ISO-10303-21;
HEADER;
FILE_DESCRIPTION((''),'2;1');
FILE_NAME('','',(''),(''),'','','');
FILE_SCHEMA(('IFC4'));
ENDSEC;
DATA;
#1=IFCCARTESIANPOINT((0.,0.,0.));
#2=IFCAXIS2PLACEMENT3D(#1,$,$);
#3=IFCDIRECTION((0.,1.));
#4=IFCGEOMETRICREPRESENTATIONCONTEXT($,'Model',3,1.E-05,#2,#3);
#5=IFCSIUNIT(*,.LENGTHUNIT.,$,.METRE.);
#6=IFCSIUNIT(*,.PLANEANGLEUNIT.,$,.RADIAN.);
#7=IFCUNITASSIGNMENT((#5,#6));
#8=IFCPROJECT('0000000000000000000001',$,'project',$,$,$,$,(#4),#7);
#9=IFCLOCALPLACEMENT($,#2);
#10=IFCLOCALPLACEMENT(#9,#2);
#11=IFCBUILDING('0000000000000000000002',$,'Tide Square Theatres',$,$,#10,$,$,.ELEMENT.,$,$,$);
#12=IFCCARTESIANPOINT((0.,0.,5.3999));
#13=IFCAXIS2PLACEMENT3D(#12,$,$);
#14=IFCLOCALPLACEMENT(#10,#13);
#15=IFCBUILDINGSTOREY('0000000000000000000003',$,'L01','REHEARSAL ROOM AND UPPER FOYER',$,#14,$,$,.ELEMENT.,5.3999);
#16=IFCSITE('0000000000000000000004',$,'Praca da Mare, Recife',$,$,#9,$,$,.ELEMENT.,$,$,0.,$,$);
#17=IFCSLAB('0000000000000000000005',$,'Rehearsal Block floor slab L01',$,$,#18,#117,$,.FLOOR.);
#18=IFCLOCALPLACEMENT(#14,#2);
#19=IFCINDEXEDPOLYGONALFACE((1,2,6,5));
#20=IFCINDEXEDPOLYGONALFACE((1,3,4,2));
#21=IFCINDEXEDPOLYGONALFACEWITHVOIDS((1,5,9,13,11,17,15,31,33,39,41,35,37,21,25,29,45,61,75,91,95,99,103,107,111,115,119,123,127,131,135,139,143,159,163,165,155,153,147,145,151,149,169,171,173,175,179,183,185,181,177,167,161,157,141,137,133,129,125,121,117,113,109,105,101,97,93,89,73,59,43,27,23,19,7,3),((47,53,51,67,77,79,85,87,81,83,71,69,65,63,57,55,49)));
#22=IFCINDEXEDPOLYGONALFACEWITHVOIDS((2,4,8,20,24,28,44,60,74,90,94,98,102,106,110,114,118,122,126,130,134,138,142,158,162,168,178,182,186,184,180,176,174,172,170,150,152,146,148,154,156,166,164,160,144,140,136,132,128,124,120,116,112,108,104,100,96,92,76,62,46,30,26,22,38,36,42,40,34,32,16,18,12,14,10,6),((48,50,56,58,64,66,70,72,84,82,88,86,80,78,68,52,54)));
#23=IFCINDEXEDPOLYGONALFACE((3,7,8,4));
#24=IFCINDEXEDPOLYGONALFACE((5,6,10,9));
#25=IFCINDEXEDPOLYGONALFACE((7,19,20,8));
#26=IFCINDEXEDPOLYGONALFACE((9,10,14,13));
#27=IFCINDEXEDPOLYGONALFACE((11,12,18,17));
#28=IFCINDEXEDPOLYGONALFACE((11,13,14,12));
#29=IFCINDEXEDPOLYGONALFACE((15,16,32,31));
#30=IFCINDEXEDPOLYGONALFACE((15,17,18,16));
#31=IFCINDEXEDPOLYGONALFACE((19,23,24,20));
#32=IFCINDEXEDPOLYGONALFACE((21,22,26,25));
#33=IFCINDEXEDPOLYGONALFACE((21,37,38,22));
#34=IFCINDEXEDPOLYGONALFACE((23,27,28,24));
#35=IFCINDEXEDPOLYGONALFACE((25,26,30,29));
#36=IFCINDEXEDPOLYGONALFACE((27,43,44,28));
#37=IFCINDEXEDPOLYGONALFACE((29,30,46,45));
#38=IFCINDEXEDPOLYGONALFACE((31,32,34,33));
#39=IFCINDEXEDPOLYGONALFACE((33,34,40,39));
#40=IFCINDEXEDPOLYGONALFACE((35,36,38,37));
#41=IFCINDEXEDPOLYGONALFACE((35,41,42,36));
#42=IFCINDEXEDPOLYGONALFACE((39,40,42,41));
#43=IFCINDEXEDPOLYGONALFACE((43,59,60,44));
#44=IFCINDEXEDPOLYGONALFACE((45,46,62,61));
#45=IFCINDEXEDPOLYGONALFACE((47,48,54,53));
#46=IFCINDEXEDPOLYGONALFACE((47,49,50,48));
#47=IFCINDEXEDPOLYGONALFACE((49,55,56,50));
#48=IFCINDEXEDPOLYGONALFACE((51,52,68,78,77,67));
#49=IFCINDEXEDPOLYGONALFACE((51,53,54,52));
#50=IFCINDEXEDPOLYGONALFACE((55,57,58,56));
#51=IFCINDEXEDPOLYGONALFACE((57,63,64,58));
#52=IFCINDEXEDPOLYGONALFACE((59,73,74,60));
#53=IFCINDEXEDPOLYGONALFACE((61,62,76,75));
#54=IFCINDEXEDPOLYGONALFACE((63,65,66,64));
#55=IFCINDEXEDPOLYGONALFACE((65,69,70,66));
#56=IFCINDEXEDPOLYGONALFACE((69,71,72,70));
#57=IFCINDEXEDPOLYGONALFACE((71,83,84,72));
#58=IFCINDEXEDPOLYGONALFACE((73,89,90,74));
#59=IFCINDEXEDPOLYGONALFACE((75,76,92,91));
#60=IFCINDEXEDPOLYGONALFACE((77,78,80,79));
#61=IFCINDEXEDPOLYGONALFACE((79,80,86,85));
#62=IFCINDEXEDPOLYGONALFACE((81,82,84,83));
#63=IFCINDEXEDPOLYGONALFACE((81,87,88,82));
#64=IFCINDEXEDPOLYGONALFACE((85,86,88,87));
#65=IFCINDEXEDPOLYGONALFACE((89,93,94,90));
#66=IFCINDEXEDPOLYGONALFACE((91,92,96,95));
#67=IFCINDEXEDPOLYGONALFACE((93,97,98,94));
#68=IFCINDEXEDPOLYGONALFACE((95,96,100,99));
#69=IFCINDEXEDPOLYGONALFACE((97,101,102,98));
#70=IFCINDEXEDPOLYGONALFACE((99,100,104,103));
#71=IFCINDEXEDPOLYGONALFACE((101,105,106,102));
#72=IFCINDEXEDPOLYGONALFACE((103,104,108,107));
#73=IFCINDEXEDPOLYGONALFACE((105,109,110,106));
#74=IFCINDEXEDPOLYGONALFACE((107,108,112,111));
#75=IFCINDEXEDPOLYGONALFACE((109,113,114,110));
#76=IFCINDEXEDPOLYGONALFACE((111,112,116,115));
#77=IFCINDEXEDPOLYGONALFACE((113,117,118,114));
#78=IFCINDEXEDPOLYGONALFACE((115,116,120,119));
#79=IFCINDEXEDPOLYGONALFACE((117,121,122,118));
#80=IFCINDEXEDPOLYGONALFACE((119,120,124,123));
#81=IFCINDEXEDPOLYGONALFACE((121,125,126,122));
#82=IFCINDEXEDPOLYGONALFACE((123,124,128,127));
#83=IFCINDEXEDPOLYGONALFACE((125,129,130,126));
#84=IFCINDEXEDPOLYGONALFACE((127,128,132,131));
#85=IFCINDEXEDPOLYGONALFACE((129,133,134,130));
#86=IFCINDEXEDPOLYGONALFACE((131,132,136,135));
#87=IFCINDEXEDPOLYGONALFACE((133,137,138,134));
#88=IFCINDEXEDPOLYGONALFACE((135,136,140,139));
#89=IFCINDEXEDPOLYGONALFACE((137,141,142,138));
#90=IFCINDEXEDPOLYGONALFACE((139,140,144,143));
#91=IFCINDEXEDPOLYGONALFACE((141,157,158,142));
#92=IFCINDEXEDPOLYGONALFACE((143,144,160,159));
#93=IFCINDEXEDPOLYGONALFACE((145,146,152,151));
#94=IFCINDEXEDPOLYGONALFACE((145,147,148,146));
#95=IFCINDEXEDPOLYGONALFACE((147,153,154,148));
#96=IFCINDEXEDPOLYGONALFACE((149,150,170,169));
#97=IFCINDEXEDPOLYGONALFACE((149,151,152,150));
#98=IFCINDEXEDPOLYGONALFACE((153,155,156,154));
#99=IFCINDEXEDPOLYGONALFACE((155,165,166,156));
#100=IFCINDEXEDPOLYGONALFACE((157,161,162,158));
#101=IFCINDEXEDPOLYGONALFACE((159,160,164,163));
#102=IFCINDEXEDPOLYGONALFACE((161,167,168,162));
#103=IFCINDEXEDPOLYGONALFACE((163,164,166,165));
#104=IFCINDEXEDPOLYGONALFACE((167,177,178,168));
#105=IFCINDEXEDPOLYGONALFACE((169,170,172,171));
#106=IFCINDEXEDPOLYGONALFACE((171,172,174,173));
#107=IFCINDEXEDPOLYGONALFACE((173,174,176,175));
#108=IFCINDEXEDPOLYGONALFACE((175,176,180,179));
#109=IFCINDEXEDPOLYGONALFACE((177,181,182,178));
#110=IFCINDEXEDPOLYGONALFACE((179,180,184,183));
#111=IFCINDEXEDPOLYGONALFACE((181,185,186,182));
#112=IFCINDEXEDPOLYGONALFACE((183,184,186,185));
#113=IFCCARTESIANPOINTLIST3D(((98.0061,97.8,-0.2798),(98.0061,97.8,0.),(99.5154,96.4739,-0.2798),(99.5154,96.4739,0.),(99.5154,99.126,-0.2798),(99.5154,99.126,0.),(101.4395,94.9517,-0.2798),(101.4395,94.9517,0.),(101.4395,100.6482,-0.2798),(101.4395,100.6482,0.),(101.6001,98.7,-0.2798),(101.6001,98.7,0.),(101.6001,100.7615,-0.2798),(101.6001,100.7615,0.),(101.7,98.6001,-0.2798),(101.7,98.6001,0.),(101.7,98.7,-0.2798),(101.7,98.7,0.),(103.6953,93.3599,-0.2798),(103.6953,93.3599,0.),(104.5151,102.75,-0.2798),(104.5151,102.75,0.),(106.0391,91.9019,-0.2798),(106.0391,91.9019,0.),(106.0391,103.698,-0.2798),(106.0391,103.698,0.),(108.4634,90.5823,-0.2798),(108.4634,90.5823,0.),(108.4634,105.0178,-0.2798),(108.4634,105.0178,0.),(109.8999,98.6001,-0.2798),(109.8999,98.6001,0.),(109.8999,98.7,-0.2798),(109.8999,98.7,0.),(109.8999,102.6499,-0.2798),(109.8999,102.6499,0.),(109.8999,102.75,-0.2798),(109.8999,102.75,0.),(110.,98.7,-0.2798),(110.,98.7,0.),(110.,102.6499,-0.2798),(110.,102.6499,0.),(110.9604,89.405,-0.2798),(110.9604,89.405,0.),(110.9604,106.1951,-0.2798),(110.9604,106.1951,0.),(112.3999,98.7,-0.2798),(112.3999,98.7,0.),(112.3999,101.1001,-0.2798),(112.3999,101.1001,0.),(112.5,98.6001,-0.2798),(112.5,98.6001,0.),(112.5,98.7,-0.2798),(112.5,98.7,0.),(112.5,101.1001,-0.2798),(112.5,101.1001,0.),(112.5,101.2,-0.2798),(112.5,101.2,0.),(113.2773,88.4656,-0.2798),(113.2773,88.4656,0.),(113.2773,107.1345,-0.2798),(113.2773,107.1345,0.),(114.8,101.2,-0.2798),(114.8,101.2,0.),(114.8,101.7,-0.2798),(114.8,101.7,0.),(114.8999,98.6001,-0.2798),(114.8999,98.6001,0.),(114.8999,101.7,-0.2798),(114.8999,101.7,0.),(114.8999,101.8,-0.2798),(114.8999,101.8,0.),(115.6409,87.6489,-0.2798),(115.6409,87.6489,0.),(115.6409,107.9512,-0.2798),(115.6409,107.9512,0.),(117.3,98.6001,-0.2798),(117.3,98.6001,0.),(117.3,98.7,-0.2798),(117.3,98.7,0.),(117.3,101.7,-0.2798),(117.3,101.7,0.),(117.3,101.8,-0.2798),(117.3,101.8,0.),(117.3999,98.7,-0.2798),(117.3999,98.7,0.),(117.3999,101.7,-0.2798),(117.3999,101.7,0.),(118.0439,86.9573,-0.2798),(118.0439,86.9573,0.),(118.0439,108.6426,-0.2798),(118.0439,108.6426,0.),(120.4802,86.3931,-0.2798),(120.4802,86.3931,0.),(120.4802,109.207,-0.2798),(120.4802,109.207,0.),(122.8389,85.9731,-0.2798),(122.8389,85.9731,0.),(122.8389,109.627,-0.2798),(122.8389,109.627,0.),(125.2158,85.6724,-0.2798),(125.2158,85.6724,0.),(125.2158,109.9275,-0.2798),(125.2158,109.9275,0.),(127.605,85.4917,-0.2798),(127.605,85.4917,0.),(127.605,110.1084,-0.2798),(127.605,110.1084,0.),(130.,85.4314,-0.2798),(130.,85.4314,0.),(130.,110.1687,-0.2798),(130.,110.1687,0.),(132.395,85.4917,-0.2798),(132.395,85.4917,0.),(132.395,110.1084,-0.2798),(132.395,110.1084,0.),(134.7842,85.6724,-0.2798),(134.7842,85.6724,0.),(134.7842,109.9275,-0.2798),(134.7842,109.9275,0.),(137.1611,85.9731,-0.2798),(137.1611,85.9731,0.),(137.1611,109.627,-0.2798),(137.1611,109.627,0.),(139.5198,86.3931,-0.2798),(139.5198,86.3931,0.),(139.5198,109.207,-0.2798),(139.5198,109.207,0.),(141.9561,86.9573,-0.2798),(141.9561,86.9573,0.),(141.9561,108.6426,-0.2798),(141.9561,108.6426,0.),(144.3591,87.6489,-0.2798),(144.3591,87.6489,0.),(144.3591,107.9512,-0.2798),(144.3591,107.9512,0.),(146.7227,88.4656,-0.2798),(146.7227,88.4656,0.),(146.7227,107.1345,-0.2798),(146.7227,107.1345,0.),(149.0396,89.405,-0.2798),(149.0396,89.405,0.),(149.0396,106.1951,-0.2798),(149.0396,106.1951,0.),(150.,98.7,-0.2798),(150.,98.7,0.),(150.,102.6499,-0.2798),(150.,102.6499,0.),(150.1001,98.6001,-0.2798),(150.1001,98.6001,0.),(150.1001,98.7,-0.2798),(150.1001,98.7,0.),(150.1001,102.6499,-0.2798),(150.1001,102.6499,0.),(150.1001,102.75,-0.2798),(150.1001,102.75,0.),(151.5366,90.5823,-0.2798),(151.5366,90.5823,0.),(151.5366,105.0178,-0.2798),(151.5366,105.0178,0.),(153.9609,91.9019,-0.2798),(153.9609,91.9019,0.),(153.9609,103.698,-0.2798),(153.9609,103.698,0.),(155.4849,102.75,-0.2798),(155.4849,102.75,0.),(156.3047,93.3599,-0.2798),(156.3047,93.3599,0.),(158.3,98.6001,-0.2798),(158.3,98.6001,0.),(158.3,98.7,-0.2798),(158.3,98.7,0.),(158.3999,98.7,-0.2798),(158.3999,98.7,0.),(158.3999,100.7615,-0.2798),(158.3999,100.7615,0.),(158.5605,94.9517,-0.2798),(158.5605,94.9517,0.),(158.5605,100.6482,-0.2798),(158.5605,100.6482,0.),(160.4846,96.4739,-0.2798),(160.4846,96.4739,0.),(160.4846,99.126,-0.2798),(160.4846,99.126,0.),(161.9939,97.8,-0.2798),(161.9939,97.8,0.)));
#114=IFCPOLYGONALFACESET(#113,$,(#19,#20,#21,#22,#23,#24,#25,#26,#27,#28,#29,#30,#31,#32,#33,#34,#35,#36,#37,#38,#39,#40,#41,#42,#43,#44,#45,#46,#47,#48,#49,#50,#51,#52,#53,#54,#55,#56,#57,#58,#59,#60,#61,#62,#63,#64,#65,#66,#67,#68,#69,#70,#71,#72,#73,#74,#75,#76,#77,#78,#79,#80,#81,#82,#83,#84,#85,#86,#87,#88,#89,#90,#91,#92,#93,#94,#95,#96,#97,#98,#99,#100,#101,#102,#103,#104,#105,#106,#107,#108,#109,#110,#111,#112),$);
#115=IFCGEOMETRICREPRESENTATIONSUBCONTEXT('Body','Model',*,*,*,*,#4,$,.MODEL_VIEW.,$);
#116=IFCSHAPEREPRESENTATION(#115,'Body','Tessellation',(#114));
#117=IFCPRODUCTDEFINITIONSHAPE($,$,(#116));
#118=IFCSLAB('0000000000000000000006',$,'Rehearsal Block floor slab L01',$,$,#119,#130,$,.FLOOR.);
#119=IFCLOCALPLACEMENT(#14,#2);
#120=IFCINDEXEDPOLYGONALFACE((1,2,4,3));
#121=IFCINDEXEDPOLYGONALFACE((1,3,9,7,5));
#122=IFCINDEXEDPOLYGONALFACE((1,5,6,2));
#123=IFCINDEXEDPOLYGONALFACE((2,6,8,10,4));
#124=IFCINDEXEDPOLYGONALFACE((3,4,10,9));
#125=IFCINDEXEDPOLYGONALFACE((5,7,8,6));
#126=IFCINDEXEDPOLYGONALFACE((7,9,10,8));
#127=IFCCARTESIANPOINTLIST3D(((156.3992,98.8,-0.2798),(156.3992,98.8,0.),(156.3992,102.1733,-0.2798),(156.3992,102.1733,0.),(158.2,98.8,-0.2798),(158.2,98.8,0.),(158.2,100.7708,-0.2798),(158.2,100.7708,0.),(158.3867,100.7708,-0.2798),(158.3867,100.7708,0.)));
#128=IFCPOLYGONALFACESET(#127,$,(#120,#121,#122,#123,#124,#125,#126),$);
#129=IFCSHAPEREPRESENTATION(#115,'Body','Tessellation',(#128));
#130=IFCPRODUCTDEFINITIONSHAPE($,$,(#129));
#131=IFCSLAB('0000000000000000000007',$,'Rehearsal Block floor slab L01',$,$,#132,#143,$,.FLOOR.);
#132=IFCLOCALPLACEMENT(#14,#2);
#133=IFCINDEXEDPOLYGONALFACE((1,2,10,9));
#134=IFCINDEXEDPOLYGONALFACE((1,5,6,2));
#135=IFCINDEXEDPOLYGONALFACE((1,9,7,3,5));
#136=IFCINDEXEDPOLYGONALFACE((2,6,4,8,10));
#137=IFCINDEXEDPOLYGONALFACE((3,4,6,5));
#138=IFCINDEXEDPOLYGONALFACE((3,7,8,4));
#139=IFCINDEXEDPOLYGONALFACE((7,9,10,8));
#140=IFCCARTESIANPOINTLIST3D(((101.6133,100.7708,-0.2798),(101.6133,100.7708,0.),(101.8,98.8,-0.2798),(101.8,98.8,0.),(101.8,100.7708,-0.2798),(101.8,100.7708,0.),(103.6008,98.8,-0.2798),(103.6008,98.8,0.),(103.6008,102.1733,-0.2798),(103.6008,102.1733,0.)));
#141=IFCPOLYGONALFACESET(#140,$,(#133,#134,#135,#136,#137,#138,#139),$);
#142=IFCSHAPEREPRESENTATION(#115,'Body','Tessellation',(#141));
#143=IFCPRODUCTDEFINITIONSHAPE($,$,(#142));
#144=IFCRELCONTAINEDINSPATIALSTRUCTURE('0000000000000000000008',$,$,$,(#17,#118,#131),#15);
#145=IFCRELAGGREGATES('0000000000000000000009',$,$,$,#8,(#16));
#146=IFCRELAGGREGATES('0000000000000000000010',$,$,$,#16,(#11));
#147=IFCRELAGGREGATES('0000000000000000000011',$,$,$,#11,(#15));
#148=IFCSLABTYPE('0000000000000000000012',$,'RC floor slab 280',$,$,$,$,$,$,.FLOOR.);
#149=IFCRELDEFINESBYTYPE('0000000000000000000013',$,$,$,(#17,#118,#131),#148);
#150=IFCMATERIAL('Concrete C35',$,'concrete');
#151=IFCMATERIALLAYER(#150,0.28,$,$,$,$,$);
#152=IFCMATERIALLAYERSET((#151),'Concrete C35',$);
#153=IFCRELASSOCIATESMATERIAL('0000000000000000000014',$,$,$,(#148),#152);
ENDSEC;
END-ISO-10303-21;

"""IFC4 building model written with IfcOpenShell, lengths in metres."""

from ifc_helpers import new_model, si_unit, direction, frame, origin, place, context, subcontext, project, spatial, polyline, outline, extrude, material, layer, layer_set, type_object, element, save


model = new_model("IFC4")

# Units and contexts
model_context = context("Model", 3, precision=1e-05, world=origin(), true_north=direction((0.0, 1.0)))
body_context = subcontext(model_context, "Body", "Model", "MODEL_VIEW")
ifc_project = project(units=[si_unit("LENGTHUNIT", "METRE"), si_unit("PLANEANGLEUNIT", "RADIAN")], contexts=[model_context])

# Site, building, storey
site_placement = place(None, origin())
site = spatial("IfcSite", under=ifc_project, at=site_placement, Name="Praca da Mare, Recife", CompositionType="ELEMENT", RefElevation=0.0)
building_placement = place(site_placement, origin())
building = spatial("IfcBuilding", under=site, at=building_placement, Name="Tide Square Theatres", CompositionType="ELEMENT")
storey_placement = place(building_placement, frame((0.0, 0.0, 5.3999)))
storey = spatial("IfcBuildingStorey", under=building, at=storey_placement, Name="L01", Description="REHEARSAL ROOM AND UPPER FOYER", CompositionType="ELEMENT", Elevation=5.3999)

# Slabs
ifc_material_1 = material(Name="Concrete C35", Category="concrete")
ifc_layer_1 = layer(ifc_material_1, 0.28)
ifc_layer_set_1 = layer_set([ifc_layer_1], Name="Concrete C35")
slab_type_1 = type_object("IfcSlabType", Name="RC floor slab 280", PredefinedType="FLOOR", material=ifc_layer_set_1)
slab_1_placement = place(storey_placement, frame((0.0, 0.0, -0.2798)))
element("IfcSlab", 1, at=slab_1_placement, inside=storey, type_object=slab_type_1, Name="Rehearsal Block floor slab L01", PredefinedType="FLOOR", context=body_context, shape_type="SweptSolid", body=[
    extrude(outline(polyline([(158.5605, 94.9517), (160.4846, 96.4739), (161.9939, 97.8), (160.4846, 99.126), (158.5605, 100.6482), (158.3999, 100.7615), (158.3999, 98.7), (158.3, 98.7), (158.3, 98.6001), (150.1001, 98.6001), (150.1001, 98.7), (150.0, 98.7), (150.0, 102.6499), (150.1001, 102.6499), (150.1001, 102.75), (155.4849, 102.75), (153.9609, 103.698), (151.5366, 105.0178), (149.0396, 106.1951), (146.7227, 107.1345), (144.3591, 107.9512), (141.9561, 108.6426), (139.5198, 109.207), (137.1611, 109.627), (134.7842, 109.9275), (132.395, 110.1084), (130.0, 110.1687), (127.605, 110.1084), (125.2158, 109.9275), (122.8389, 109.627), (120.4802, 109.207), (118.0439, 108.6426), (115.6409, 107.9512), (113.2773, 107.1345), (110.9604, 106.1951), (108.4634, 105.0178), (106.0391, 103.698), (104.5151, 102.75), (109.8999, 102.75), (109.8999, 102.6499), (110.0, 102.6499), (110.0, 98.7), (109.8999, 98.7), (109.8999, 98.6001), (101.7, 98.6001), (101.7, 98.7), (101.6001, 98.7), (101.6001, 100.7615), (101.4395, 100.6482), (99.5154, 99.126), (98.0061, 97.8), (99.5154, 96.4739), (101.4395, 94.9517), (103.6953, 93.3599), (106.0391, 91.9019), (108.4634, 90.5823), (110.9604, 89.405), (113.2773, 88.4656), (115.6409, 87.6489), (118.0439, 86.9573), (120.4802, 86.3931), (122.8389, 85.9731), (125.2158, 85.6724), (127.605, 85.4917), (130.0, 85.4314), (132.395, 85.4917), (134.7842, 85.6724), (137.1611, 85.9731), (139.5198, 86.3931), (141.9561, 86.9573), (144.3591, 87.6489), (146.7227, 88.4656), (149.0396, 89.405), (151.5366, 90.5823), (153.9609, 91.9019), (156.3047, 93.3599), (158.5605, 94.9517)]), holes=[polyline([(117.3999, 101.7), (117.3999, 98.7), (117.3, 98.7), (117.3, 98.6001), (114.8999, 98.6001), (112.5, 98.6001), (112.5, 98.7), (112.3999, 98.7), (112.3999, 101.1001), (112.5, 101.1001), (112.5, 101.2), (114.8, 101.2), (114.8, 101.7), (114.8999, 101.7), (114.8999, 101.8), (117.3, 101.8), (117.3, 101.7), (117.3999, 101.7)])]), origin(), (0.0, 0.0, 1.0), 0.2798),
])
slab_2_placement = place(storey_placement, frame((0.0, 0.0, -0.2798)))
element("IfcSlab", 2, at=slab_2_placement, inside=storey, type_object=slab_type_1, Name="Rehearsal Block floor slab L01", PredefinedType="FLOOR", context=body_context, shape_type="SweptSolid", body=[
    extrude(outline(polyline([(156.3992, 98.8), (158.2, 98.8), (158.2, 100.7708), (158.3867, 100.7708), (156.3992, 102.1733), (156.3992, 98.8)])), origin(), (0.0, 0.0, 1.0), 0.2798),
])
slab_3_placement = place(storey_placement, frame((0.0, 0.0, -0.2798)))
element("IfcSlab", 3, at=slab_3_placement, inside=storey, type_object=slab_type_1, Name="Rehearsal Block floor slab L01", PredefinedType="FLOOR", context=body_context, shape_type="SweptSolid", body=[
    extrude(outline(polyline([(103.6008, 102.1733), (101.6133, 100.7708), (101.8, 100.7708), (101.8, 98.8), (103.6008, 98.8), (103.6008, 102.1733)])), origin(), (0.0, 0.0, 1.0), 0.2798),
])

save(model, "model.ifc")
